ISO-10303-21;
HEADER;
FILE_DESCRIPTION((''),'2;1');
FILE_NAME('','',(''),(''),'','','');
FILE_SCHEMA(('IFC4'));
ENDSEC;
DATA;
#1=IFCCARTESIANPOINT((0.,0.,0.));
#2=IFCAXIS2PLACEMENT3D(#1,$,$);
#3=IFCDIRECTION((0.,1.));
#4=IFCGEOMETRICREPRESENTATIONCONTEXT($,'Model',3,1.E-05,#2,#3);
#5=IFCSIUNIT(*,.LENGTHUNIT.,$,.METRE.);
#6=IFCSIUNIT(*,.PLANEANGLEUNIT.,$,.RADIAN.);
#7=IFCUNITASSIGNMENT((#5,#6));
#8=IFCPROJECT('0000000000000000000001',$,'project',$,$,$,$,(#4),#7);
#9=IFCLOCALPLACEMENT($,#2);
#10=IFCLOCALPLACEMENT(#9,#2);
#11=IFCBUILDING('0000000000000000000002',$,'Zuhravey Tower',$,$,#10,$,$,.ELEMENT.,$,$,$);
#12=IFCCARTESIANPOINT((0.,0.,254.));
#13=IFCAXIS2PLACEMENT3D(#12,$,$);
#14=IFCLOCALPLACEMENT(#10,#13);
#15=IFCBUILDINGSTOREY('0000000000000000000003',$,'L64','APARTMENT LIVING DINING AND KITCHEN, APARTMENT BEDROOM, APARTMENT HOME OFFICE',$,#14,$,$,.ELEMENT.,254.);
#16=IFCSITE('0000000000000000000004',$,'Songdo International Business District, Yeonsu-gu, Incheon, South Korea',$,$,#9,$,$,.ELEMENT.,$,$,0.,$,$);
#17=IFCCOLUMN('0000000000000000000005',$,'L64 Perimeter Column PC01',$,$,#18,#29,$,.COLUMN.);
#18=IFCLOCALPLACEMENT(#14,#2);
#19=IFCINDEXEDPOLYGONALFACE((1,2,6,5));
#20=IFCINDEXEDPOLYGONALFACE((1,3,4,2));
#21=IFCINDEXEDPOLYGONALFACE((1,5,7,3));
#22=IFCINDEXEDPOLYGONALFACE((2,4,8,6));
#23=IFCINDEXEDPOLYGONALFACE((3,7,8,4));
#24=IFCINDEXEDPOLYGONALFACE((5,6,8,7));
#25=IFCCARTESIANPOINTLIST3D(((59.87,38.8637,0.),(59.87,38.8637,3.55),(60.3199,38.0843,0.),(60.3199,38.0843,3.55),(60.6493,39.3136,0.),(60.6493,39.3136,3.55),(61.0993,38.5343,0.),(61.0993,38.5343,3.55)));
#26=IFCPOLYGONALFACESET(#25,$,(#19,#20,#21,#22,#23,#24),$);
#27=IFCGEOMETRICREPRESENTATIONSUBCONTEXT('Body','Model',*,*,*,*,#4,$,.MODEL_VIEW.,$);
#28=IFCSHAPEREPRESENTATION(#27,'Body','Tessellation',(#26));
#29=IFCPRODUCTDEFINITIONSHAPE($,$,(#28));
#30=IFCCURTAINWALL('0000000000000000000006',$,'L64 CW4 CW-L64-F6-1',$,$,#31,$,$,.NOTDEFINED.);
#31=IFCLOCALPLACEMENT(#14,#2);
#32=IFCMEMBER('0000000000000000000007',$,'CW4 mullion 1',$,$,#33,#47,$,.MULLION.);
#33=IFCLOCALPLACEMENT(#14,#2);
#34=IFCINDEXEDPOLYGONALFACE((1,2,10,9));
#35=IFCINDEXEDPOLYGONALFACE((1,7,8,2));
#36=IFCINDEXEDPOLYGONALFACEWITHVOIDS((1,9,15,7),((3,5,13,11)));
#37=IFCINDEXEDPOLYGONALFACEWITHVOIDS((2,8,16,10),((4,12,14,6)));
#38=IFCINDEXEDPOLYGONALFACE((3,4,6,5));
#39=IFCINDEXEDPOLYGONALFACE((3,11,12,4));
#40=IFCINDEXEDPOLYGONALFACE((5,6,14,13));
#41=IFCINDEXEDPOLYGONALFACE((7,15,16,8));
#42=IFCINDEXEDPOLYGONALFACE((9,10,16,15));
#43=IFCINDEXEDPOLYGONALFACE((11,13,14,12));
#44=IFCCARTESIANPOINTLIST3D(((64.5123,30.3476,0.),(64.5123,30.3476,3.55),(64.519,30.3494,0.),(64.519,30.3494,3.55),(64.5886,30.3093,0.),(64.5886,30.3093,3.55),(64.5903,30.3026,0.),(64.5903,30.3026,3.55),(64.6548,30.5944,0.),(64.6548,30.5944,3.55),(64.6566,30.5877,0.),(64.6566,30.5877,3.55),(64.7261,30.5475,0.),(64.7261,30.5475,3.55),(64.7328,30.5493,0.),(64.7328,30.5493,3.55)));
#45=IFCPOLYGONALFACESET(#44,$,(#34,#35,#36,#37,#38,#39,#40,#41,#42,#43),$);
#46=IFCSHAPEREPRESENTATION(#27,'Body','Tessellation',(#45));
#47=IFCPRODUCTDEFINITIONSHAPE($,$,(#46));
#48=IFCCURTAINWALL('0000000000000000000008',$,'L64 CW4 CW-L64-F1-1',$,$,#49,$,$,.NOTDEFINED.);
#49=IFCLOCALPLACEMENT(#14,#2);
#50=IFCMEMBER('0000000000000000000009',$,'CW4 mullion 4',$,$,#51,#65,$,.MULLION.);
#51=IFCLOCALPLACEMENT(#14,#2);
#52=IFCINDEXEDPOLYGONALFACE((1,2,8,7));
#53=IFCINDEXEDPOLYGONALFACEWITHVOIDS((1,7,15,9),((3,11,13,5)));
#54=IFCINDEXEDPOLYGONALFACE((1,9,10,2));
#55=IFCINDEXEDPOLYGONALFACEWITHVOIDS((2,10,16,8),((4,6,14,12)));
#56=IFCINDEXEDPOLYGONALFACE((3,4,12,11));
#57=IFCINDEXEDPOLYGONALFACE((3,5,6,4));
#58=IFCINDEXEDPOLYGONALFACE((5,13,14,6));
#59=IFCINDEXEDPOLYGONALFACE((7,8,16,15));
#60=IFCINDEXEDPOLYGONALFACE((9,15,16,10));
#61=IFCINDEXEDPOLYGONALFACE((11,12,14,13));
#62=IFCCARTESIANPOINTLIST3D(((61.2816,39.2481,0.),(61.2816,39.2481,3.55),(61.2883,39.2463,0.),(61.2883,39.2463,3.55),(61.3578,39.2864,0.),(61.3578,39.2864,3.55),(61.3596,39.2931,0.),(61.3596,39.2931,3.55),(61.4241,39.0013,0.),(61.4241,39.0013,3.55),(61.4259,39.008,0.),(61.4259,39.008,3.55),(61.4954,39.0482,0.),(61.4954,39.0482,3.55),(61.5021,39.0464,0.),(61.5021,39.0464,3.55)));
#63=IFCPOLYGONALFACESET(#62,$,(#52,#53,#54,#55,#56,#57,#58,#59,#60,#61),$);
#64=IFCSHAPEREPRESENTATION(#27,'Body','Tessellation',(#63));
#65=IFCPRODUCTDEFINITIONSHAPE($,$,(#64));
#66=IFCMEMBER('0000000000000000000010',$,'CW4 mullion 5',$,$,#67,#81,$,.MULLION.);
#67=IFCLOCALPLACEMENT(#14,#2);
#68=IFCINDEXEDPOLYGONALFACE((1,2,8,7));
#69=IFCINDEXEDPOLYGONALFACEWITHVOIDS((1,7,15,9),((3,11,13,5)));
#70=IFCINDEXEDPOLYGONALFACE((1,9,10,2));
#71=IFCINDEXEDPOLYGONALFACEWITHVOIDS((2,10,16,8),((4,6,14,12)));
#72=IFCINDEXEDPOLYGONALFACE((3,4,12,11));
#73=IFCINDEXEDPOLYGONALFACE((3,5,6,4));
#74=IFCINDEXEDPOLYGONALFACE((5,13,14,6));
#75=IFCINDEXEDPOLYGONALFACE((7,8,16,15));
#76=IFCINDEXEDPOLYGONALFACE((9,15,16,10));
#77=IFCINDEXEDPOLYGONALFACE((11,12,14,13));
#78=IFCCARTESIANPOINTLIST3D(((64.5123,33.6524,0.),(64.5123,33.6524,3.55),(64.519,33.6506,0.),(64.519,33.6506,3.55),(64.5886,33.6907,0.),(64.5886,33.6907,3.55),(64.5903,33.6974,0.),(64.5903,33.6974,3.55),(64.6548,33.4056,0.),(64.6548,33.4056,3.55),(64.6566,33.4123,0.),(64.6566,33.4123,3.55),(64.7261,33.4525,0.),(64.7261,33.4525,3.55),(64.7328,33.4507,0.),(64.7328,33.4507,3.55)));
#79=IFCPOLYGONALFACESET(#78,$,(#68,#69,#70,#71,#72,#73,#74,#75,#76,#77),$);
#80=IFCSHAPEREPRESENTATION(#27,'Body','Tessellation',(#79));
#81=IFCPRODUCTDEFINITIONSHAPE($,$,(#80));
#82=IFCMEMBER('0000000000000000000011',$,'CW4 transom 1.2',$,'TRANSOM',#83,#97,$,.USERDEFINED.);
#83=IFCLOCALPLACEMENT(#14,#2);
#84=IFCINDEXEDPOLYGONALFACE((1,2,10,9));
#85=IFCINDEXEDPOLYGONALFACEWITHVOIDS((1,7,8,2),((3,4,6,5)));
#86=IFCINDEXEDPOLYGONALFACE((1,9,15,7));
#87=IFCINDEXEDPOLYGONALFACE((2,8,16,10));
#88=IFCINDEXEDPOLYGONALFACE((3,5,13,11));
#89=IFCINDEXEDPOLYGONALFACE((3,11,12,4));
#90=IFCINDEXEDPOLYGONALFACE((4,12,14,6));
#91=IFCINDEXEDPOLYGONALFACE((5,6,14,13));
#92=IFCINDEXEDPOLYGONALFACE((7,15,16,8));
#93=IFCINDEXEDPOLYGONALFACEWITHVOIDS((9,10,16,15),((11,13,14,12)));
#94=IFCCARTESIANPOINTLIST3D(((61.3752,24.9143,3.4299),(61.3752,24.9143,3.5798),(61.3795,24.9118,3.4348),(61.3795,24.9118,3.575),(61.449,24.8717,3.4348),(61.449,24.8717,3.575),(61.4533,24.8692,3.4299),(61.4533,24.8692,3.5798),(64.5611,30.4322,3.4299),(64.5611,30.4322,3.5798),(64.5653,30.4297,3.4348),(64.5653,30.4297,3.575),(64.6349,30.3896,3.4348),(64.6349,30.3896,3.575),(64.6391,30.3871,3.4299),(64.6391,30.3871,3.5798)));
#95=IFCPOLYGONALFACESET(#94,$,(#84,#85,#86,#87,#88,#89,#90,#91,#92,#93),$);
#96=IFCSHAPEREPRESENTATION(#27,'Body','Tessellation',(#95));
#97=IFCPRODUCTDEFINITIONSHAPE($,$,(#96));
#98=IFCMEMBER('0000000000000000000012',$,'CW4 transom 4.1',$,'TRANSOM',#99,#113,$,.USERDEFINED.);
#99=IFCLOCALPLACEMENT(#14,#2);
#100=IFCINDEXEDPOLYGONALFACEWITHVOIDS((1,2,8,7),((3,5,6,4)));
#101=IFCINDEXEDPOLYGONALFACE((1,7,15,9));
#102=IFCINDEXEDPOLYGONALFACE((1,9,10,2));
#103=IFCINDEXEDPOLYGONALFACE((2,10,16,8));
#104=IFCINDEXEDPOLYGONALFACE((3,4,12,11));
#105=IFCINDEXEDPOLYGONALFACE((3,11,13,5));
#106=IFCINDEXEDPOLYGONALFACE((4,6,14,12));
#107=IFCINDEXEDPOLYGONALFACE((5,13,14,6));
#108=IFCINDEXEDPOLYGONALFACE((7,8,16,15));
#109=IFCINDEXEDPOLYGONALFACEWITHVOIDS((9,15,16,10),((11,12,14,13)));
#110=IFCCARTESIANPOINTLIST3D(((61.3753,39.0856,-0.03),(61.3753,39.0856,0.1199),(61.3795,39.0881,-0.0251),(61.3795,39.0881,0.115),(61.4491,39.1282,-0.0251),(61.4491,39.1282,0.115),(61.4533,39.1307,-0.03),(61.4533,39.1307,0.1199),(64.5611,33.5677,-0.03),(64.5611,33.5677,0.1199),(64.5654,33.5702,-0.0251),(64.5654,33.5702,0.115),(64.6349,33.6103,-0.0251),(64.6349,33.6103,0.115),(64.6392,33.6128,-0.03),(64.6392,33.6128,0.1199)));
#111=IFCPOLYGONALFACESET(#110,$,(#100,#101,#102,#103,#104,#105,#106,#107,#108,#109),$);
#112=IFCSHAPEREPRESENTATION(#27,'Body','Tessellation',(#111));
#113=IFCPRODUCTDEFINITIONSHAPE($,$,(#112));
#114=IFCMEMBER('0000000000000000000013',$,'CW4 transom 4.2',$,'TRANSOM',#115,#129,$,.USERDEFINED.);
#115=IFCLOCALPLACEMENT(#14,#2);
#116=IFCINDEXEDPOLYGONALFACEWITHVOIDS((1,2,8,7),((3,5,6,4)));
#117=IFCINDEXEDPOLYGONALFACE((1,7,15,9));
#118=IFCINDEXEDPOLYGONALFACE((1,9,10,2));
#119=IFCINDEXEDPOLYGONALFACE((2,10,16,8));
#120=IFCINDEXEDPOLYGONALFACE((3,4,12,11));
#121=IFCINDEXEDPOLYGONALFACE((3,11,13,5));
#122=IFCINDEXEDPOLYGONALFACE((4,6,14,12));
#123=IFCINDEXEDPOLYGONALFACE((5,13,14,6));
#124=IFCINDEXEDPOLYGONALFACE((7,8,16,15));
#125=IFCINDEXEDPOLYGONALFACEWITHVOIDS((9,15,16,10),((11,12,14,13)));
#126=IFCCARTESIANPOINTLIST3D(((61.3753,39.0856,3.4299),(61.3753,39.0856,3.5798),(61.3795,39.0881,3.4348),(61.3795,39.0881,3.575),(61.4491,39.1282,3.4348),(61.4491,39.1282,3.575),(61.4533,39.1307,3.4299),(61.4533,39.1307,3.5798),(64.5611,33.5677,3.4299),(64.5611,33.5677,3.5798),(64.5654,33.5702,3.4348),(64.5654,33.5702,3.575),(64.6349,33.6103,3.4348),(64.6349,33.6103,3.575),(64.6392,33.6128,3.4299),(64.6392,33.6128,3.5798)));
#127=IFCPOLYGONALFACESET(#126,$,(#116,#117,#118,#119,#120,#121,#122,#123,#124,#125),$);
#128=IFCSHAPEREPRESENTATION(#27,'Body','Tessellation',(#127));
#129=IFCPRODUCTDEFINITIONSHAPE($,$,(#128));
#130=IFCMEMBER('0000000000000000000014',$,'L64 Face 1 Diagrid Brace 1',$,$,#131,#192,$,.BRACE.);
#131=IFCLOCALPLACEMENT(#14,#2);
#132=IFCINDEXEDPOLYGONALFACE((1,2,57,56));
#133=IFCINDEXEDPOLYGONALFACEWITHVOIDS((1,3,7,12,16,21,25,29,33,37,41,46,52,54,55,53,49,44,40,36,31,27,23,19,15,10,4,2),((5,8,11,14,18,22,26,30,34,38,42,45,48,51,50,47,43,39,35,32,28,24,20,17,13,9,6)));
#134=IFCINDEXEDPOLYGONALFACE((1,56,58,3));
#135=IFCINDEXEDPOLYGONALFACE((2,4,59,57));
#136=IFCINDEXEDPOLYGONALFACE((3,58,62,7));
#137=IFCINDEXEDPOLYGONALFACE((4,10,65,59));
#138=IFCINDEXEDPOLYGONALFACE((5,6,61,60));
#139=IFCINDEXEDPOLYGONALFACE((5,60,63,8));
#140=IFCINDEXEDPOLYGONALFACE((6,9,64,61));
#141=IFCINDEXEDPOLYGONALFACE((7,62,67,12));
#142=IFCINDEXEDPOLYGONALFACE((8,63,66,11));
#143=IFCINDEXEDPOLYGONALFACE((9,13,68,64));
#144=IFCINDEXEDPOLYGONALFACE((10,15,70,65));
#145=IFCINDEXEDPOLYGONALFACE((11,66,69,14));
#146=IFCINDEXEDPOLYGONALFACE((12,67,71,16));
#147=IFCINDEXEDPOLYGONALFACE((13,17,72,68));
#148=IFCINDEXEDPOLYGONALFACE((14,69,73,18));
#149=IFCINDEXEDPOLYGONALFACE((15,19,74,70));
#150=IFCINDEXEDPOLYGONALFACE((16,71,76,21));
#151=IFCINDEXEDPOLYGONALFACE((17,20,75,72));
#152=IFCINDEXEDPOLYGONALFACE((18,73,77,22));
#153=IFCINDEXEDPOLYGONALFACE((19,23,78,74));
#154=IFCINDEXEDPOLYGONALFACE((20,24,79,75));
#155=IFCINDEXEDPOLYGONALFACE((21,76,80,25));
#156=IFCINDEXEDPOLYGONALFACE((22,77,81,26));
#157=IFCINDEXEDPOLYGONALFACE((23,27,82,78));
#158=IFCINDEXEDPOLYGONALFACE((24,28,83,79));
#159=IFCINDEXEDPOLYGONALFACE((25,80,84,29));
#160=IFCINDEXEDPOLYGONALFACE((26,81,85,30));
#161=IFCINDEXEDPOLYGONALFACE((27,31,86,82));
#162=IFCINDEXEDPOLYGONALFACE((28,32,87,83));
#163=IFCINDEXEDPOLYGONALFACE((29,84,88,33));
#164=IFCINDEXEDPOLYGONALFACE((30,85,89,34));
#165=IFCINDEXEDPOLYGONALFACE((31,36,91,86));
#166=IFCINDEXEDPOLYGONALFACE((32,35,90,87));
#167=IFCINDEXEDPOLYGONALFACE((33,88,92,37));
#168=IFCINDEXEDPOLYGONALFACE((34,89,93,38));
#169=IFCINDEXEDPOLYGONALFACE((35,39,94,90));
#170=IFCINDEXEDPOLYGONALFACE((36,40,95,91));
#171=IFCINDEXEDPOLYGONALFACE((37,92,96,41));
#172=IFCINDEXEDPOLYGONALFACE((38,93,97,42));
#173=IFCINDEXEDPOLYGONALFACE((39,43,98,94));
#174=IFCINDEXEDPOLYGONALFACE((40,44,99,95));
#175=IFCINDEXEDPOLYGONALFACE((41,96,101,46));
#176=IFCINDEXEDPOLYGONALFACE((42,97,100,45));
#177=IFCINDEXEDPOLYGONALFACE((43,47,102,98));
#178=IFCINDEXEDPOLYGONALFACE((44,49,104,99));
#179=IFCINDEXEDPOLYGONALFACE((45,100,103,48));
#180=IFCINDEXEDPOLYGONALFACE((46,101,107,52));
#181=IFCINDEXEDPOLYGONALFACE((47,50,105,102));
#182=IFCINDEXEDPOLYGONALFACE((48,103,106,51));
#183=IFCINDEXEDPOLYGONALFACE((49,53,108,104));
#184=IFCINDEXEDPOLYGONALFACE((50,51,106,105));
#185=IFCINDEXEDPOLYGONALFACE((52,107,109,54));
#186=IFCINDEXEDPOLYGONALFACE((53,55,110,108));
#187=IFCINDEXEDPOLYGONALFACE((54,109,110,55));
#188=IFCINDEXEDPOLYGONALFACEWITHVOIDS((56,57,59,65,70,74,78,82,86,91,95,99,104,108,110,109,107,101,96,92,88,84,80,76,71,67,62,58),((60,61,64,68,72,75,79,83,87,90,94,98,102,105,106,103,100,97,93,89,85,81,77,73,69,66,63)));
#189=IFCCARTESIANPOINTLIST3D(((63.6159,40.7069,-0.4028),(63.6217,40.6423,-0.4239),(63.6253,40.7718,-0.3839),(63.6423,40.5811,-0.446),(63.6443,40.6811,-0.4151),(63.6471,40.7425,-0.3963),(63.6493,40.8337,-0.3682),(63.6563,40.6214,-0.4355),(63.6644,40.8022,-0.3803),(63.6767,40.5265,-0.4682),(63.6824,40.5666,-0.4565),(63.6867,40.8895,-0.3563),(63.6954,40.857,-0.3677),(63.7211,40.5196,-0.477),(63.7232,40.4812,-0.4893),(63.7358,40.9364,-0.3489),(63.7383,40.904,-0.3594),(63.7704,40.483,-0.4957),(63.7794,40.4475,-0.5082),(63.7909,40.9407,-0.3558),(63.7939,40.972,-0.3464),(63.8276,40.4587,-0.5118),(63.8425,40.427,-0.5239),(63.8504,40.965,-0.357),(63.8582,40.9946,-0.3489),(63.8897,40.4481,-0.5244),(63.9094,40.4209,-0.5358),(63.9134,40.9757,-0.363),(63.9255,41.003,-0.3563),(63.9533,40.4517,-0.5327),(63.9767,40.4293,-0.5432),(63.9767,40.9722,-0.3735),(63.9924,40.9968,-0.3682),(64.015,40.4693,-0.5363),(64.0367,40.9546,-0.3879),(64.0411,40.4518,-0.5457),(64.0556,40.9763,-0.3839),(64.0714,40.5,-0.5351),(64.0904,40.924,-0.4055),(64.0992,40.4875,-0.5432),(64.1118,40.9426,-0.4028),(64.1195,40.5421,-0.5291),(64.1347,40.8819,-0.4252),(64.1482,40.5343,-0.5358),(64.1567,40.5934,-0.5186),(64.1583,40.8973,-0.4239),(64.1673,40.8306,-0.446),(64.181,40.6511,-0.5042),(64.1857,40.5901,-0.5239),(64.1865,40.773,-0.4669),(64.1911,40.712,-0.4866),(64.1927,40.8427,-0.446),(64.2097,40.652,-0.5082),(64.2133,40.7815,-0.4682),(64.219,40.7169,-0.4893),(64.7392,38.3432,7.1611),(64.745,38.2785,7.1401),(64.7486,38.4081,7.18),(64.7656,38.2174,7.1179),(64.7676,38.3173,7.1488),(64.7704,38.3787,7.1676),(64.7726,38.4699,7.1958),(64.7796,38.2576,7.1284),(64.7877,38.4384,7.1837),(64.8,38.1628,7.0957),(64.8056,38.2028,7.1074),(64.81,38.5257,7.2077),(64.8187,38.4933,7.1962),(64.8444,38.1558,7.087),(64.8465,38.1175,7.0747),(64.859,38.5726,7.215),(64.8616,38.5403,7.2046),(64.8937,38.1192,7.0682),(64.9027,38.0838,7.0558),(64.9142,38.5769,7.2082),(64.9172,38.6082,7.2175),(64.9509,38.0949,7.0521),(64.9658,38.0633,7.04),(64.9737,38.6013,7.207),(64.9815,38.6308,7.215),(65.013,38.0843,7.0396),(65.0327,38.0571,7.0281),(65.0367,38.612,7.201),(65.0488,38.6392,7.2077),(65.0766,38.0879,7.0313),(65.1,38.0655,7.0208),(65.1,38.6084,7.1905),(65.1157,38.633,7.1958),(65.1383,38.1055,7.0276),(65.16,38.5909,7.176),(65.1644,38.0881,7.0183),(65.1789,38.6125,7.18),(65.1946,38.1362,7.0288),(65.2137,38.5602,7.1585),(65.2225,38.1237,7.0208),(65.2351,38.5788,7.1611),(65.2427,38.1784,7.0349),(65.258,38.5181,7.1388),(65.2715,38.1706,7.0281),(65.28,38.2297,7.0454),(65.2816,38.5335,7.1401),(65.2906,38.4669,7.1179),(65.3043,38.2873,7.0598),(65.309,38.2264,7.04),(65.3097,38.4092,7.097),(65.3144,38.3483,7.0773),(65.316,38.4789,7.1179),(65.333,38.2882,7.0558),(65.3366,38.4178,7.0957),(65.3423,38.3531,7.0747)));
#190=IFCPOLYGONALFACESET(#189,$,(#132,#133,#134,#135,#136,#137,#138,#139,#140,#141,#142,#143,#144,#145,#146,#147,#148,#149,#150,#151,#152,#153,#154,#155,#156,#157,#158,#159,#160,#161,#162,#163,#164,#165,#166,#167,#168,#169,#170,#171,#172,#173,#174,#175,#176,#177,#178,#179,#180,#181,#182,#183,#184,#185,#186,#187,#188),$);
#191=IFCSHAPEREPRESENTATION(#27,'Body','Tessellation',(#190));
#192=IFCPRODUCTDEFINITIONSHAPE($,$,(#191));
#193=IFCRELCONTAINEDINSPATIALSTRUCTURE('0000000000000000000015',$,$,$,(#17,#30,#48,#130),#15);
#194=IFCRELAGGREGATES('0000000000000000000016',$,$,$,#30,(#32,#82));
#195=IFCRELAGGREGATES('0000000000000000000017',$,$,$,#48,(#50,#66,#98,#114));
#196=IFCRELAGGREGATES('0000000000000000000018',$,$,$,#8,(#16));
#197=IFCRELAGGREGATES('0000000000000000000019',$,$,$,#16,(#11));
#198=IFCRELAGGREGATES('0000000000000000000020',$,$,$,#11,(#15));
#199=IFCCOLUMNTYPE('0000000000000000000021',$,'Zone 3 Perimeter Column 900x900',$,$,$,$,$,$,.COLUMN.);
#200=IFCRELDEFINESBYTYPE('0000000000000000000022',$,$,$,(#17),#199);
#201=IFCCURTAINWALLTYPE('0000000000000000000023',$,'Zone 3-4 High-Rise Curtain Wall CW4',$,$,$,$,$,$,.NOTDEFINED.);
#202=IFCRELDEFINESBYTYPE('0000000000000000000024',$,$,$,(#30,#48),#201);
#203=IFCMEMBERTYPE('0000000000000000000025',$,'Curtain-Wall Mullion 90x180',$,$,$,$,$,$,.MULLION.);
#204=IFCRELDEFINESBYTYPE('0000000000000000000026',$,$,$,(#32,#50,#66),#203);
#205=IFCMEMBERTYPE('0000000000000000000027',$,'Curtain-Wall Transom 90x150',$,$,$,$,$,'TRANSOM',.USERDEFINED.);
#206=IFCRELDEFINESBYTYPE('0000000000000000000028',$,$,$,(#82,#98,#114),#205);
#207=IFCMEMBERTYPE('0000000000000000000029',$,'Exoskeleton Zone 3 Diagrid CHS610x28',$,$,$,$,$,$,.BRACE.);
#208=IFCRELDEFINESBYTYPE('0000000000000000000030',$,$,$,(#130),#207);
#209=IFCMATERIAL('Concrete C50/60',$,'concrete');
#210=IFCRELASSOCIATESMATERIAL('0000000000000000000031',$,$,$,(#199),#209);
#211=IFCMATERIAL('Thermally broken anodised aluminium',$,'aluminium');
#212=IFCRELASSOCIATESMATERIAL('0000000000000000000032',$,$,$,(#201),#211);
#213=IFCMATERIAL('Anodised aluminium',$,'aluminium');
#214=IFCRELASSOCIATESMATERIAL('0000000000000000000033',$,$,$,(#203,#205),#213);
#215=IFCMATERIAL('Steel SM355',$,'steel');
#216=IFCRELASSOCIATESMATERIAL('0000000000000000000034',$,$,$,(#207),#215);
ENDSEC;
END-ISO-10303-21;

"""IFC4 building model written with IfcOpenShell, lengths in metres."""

from ifc_helpers import new_model, si_unit, direction, frame, origin, origin_2d, place, context, subcontext, project, spatial, rectangle, hollow_rectangle, hollow_circle, extrude, material, material_profile, profile_set, type_object, element, aggregate, save


model = new_model("IFC4")

# Units and contexts
model_context = context("Model", 3, precision=1e-05, world=origin(), true_north=direction((0.0, 1.0)))
body_context = subcontext(model_context, "Body", "Model", "MODEL_VIEW")
ifc_project = project(units=[si_unit("LENGTHUNIT", "METRE"), si_unit("PLANEANGLEUNIT", "RADIAN")], contexts=[model_context])

# Site, building, storey
site_placement = place(None, origin())
site = spatial("IfcSite", under=ifc_project, at=site_placement, Name="Songdo International Business District, Yeonsu-gu, Incheon, South Korea", CompositionType="ELEMENT", RefElevation=0.0)
building_placement = place(site_placement, origin())
building = spatial("IfcBuilding", under=site, at=building_placement, Name="Zuhravey Tower", CompositionType="ELEMENT")
storey_placement = place(building_placement, frame((0.0, 0.0, 254.0)))
storey = spatial("IfcBuildingStorey", under=building, at=storey_placement, Name="L64", Description="APARTMENT LIVING DINING AND KITCHEN, APARTMENT BEDROOM, APARTMENT HOME OFFICE", CompositionType="ELEMENT", Elevation=254.0)

# Column
ifc_material_1 = material(Name="Concrete C50/60", Category="concrete")
ifc_material_profile_1 = material_profile(ifc_material_1, rectangle(XDim=0.8999, YDim=0.8999, at=origin_2d()), Name="RC-900x900")
ifc_profile_set_1 = profile_set([ifc_material_profile_1], Name="Concrete C50/60")
column_type = type_object("IfcColumnType", Name="Zone 3 Perimeter Column 900x900", PredefinedType="COLUMN", material=ifc_profile_set_1)
column_placement = place(storey_placement, frame((60.4846, 38.699, 0.0), z_axis=(0.0, 0.0, 1.0), x_axis=(-0.5, 0.866025, 0.0)))
element("IfcColumn", 1, at=column_placement, inside=storey, type_object=column_type, Name="L64 Perimeter Column PC01", PredefinedType="COLUMN", context=body_context, shape_type="SweptSolid", body=[
    extrude(rectangle(XDim=0.8999, YDim=0.8999, at=origin_2d()), origin(), (0.0, 0.0, 1.0), 3.55),
])

# Curtain wall, member
ifc_material_2 = material(Name="Thermally broken anodised aluminium", Category="aluminium")
curtain_wall_type = type_object("IfcCurtainWallType", Name="Zone 3-4 High-Rise Curtain Wall CW4", PredefinedType="NOTDEFINED", material=ifc_material_2)
curtain_wall_1_placement = place(storey_placement, origin())
curtain_wall_1 = element("IfcCurtainWall", 2, at=curtain_wall_1_placement, inside=storey, type_object=curtain_wall_type, Name="L64 CW4 CW-L64-F6-1", PredefinedType="NOTDEFINED")
ifc_material_3 = material(Name="Anodised aluminium", Category="aluminium")
ifc_material_profile_2 = material_profile(ifc_material_3, hollow_rectangle(XDim=0.0901, YDim=0.2849, WallThickness=0.0049, at=origin_2d()), Name="ALU-RHS-90x285x5")
ifc_profile_set_2 = profile_set([ifc_material_profile_2], Name="Anodised aluminium")
member_type_1 = type_object("IfcMemberType", Name="Curtain-Wall Mullion 90x180", PredefinedType="MULLION", material=ifc_profile_set_2)
member_1_placement = place(storey_placement, frame((64.6226, 30.4485, 0.0), z_axis=(0.0, 0.0, 1.0), x_axis=(0.866025, -0.500001, 0.0)))
member_1 = element("IfcMember", 3, at=member_1_placement, type_object=member_type_1, Name="CW4 mullion 1", PredefinedType="MULLION", context=body_context, shape_type="SweptSolid", body=[
    extrude(hollow_rectangle(XDim=0.0901, YDim=0.2849, WallThickness=0.0049, at=origin_2d()), origin(), (0.0, 0.0, 1.0), 3.55),
])

# Curtain wall, members
curtain_wall_2_placement = place(storey_placement, origin())
curtain_wall_2 = element("IfcCurtainWall", 4, at=curtain_wall_2_placement, inside=storey, type_object=curtain_wall_type, Name="L64 CW4 CW-L64-F1-1", PredefinedType="NOTDEFINED")
member_2_placement = place(storey_placement, frame((61.3918, 39.1472, 0.0), z_axis=(0.0, 0.0, 1.0), x_axis=(0.866025, 0.500001, 0.0)))
member_2 = element("IfcMember", 5, at=member_2_placement, type_object=member_type_1, Name="CW4 mullion 4", PredefinedType="MULLION", context=body_context, shape_type="SweptSolid", body=[
    extrude(hollow_rectangle(XDim=0.0901, YDim=0.2849, WallThickness=0.0049, at=origin_2d()), origin(), (0.0, 0.0, 1.0), 3.55),
])
member_3_placement = place(storey_placement, frame((64.6226, 33.5515, 0.0), z_axis=(0.0, 0.0, 1.0), x_axis=(0.866025, 0.500001, 0.0)))
member_3 = element("IfcMember", 6, at=member_3_placement, type_object=member_type_1, Name="CW4 mullion 5", PredefinedType="MULLION", context=body_context, shape_type="SweptSolid", body=[
    extrude(hollow_rectangle(XDim=0.0901, YDim=0.2849, WallThickness=0.0049, at=origin_2d()), origin(), (0.0, 0.0, 1.0), 3.55),
])

# Members
ifc_material_profile_3 = material_profile(ifc_material_3, hollow_rectangle(XDim=0.0901, YDim=0.1499, WallThickness=0.0049, at=origin_2d()), Name="ALU-RHS-90x150x5")
ifc_profile_set_3 = profile_set([ifc_material_profile_3], Name="Anodised aluminium")
member_type_2 = type_object("IfcMemberType", Name="Curtain-Wall Transom 90x150", ElementType="TRANSOM", PredefinedType="USERDEFINED", material=ifc_profile_set_3)
member_4_placement = place(storey_placement, frame((64.6001, 30.4097, 3.5049), z_axis=(-0.500009, -0.86602, 0.0), x_axis=(0.86602, -0.500009, 0.0)))
member_4 = element("IfcMember", 7, at=member_4_placement, type_object=member_type_2, Name="CW4 transom 1.2", ObjectType="TRANSOM", PredefinedType="USERDEFINED", context=body_context, shape_type="SweptSolid", body=[
    extrude(hollow_rectangle(XDim=0.0901, YDim=0.1499, WallThickness=0.0049, at=origin_2d()), origin(), (0.0, 0.0, 1.0), 6.3716),
])
aggregate(curtain_wall_1, [member_1, member_4])
member_5_placement = place(storey_placement, frame((61.4143, 39.1082, 0.0449), z_axis=(0.500009, -0.86602, 0.0), x_axis=(0.86602, 0.500009, 0.0)))
member_5 = element("IfcMember", 8, at=member_5_placement, type_object=member_type_2, Name="CW4 transom 4.1", ObjectType="TRANSOM", PredefinedType="USERDEFINED", context=body_context, shape_type="SweptSolid", body=[
    extrude(hollow_rectangle(XDim=0.0901, YDim=0.1499, WallThickness=0.0049, at=origin_2d()), origin(), (0.0, 0.0, 1.0), 6.3716),
])
member_6_placement = place(storey_placement, frame((61.4143, 39.1082, 3.5049), z_axis=(0.500009, -0.86602, 0.0), x_axis=(0.86602, 0.500009, 0.0)))
member_6 = element("IfcMember", 9, at=member_6_placement, type_object=member_type_2, Name="CW4 transom 4.2", ObjectType="TRANSOM", PredefinedType="USERDEFINED", context=body_context, shape_type="SweptSolid", body=[
    extrude(hollow_rectangle(XDim=0.0901, YDim=0.1499, WallThickness=0.0049, at=origin_2d()), origin(), (0.0, 0.0, 1.0), 6.3716),
])
ifc_material_4 = material(Name="Steel SM355", Category="steel")
ifc_material_profile_4 = material_profile(ifc_material_4, hollow_circle(Radius=0.3047, WallThickness=0.0281, at=origin_2d()), Name="CHS-609.6x28")
ifc_profile_set_4 = profile_set([ifc_material_profile_4], Name="Steel SM355")
member_type_3 = type_object("IfcMemberType", Name="Exoskeleton Zone 3 Diagrid CHS610x28", PredefinedType="BRACE", material=ifc_profile_set_4)
member_7_placement = place(storey_placement, frame((63.9175, 40.7119, -0.446), z_axis=(0.140343, -0.295326, 0.945032), x_axis=(0.903203, 0.429213, 0.0)))
element("IfcMember", 10, at=member_7_placement, inside=storey, type_object=member_type_3, Name="L64 Face 1 Diagrid Brace 1", PredefinedType="BRACE", context=body_context, shape_type="SweptSolid", body=[
    extrude(hollow_circle(Radius=0.3047, WallThickness=0.0281, at=origin_2d()), origin(), (0.0, 0.0, 1.0), 8.0039),
])

aggregate(curtain_wall_2, [member_2, member_3, member_5, member_6])

save(model, "model.ifc")
